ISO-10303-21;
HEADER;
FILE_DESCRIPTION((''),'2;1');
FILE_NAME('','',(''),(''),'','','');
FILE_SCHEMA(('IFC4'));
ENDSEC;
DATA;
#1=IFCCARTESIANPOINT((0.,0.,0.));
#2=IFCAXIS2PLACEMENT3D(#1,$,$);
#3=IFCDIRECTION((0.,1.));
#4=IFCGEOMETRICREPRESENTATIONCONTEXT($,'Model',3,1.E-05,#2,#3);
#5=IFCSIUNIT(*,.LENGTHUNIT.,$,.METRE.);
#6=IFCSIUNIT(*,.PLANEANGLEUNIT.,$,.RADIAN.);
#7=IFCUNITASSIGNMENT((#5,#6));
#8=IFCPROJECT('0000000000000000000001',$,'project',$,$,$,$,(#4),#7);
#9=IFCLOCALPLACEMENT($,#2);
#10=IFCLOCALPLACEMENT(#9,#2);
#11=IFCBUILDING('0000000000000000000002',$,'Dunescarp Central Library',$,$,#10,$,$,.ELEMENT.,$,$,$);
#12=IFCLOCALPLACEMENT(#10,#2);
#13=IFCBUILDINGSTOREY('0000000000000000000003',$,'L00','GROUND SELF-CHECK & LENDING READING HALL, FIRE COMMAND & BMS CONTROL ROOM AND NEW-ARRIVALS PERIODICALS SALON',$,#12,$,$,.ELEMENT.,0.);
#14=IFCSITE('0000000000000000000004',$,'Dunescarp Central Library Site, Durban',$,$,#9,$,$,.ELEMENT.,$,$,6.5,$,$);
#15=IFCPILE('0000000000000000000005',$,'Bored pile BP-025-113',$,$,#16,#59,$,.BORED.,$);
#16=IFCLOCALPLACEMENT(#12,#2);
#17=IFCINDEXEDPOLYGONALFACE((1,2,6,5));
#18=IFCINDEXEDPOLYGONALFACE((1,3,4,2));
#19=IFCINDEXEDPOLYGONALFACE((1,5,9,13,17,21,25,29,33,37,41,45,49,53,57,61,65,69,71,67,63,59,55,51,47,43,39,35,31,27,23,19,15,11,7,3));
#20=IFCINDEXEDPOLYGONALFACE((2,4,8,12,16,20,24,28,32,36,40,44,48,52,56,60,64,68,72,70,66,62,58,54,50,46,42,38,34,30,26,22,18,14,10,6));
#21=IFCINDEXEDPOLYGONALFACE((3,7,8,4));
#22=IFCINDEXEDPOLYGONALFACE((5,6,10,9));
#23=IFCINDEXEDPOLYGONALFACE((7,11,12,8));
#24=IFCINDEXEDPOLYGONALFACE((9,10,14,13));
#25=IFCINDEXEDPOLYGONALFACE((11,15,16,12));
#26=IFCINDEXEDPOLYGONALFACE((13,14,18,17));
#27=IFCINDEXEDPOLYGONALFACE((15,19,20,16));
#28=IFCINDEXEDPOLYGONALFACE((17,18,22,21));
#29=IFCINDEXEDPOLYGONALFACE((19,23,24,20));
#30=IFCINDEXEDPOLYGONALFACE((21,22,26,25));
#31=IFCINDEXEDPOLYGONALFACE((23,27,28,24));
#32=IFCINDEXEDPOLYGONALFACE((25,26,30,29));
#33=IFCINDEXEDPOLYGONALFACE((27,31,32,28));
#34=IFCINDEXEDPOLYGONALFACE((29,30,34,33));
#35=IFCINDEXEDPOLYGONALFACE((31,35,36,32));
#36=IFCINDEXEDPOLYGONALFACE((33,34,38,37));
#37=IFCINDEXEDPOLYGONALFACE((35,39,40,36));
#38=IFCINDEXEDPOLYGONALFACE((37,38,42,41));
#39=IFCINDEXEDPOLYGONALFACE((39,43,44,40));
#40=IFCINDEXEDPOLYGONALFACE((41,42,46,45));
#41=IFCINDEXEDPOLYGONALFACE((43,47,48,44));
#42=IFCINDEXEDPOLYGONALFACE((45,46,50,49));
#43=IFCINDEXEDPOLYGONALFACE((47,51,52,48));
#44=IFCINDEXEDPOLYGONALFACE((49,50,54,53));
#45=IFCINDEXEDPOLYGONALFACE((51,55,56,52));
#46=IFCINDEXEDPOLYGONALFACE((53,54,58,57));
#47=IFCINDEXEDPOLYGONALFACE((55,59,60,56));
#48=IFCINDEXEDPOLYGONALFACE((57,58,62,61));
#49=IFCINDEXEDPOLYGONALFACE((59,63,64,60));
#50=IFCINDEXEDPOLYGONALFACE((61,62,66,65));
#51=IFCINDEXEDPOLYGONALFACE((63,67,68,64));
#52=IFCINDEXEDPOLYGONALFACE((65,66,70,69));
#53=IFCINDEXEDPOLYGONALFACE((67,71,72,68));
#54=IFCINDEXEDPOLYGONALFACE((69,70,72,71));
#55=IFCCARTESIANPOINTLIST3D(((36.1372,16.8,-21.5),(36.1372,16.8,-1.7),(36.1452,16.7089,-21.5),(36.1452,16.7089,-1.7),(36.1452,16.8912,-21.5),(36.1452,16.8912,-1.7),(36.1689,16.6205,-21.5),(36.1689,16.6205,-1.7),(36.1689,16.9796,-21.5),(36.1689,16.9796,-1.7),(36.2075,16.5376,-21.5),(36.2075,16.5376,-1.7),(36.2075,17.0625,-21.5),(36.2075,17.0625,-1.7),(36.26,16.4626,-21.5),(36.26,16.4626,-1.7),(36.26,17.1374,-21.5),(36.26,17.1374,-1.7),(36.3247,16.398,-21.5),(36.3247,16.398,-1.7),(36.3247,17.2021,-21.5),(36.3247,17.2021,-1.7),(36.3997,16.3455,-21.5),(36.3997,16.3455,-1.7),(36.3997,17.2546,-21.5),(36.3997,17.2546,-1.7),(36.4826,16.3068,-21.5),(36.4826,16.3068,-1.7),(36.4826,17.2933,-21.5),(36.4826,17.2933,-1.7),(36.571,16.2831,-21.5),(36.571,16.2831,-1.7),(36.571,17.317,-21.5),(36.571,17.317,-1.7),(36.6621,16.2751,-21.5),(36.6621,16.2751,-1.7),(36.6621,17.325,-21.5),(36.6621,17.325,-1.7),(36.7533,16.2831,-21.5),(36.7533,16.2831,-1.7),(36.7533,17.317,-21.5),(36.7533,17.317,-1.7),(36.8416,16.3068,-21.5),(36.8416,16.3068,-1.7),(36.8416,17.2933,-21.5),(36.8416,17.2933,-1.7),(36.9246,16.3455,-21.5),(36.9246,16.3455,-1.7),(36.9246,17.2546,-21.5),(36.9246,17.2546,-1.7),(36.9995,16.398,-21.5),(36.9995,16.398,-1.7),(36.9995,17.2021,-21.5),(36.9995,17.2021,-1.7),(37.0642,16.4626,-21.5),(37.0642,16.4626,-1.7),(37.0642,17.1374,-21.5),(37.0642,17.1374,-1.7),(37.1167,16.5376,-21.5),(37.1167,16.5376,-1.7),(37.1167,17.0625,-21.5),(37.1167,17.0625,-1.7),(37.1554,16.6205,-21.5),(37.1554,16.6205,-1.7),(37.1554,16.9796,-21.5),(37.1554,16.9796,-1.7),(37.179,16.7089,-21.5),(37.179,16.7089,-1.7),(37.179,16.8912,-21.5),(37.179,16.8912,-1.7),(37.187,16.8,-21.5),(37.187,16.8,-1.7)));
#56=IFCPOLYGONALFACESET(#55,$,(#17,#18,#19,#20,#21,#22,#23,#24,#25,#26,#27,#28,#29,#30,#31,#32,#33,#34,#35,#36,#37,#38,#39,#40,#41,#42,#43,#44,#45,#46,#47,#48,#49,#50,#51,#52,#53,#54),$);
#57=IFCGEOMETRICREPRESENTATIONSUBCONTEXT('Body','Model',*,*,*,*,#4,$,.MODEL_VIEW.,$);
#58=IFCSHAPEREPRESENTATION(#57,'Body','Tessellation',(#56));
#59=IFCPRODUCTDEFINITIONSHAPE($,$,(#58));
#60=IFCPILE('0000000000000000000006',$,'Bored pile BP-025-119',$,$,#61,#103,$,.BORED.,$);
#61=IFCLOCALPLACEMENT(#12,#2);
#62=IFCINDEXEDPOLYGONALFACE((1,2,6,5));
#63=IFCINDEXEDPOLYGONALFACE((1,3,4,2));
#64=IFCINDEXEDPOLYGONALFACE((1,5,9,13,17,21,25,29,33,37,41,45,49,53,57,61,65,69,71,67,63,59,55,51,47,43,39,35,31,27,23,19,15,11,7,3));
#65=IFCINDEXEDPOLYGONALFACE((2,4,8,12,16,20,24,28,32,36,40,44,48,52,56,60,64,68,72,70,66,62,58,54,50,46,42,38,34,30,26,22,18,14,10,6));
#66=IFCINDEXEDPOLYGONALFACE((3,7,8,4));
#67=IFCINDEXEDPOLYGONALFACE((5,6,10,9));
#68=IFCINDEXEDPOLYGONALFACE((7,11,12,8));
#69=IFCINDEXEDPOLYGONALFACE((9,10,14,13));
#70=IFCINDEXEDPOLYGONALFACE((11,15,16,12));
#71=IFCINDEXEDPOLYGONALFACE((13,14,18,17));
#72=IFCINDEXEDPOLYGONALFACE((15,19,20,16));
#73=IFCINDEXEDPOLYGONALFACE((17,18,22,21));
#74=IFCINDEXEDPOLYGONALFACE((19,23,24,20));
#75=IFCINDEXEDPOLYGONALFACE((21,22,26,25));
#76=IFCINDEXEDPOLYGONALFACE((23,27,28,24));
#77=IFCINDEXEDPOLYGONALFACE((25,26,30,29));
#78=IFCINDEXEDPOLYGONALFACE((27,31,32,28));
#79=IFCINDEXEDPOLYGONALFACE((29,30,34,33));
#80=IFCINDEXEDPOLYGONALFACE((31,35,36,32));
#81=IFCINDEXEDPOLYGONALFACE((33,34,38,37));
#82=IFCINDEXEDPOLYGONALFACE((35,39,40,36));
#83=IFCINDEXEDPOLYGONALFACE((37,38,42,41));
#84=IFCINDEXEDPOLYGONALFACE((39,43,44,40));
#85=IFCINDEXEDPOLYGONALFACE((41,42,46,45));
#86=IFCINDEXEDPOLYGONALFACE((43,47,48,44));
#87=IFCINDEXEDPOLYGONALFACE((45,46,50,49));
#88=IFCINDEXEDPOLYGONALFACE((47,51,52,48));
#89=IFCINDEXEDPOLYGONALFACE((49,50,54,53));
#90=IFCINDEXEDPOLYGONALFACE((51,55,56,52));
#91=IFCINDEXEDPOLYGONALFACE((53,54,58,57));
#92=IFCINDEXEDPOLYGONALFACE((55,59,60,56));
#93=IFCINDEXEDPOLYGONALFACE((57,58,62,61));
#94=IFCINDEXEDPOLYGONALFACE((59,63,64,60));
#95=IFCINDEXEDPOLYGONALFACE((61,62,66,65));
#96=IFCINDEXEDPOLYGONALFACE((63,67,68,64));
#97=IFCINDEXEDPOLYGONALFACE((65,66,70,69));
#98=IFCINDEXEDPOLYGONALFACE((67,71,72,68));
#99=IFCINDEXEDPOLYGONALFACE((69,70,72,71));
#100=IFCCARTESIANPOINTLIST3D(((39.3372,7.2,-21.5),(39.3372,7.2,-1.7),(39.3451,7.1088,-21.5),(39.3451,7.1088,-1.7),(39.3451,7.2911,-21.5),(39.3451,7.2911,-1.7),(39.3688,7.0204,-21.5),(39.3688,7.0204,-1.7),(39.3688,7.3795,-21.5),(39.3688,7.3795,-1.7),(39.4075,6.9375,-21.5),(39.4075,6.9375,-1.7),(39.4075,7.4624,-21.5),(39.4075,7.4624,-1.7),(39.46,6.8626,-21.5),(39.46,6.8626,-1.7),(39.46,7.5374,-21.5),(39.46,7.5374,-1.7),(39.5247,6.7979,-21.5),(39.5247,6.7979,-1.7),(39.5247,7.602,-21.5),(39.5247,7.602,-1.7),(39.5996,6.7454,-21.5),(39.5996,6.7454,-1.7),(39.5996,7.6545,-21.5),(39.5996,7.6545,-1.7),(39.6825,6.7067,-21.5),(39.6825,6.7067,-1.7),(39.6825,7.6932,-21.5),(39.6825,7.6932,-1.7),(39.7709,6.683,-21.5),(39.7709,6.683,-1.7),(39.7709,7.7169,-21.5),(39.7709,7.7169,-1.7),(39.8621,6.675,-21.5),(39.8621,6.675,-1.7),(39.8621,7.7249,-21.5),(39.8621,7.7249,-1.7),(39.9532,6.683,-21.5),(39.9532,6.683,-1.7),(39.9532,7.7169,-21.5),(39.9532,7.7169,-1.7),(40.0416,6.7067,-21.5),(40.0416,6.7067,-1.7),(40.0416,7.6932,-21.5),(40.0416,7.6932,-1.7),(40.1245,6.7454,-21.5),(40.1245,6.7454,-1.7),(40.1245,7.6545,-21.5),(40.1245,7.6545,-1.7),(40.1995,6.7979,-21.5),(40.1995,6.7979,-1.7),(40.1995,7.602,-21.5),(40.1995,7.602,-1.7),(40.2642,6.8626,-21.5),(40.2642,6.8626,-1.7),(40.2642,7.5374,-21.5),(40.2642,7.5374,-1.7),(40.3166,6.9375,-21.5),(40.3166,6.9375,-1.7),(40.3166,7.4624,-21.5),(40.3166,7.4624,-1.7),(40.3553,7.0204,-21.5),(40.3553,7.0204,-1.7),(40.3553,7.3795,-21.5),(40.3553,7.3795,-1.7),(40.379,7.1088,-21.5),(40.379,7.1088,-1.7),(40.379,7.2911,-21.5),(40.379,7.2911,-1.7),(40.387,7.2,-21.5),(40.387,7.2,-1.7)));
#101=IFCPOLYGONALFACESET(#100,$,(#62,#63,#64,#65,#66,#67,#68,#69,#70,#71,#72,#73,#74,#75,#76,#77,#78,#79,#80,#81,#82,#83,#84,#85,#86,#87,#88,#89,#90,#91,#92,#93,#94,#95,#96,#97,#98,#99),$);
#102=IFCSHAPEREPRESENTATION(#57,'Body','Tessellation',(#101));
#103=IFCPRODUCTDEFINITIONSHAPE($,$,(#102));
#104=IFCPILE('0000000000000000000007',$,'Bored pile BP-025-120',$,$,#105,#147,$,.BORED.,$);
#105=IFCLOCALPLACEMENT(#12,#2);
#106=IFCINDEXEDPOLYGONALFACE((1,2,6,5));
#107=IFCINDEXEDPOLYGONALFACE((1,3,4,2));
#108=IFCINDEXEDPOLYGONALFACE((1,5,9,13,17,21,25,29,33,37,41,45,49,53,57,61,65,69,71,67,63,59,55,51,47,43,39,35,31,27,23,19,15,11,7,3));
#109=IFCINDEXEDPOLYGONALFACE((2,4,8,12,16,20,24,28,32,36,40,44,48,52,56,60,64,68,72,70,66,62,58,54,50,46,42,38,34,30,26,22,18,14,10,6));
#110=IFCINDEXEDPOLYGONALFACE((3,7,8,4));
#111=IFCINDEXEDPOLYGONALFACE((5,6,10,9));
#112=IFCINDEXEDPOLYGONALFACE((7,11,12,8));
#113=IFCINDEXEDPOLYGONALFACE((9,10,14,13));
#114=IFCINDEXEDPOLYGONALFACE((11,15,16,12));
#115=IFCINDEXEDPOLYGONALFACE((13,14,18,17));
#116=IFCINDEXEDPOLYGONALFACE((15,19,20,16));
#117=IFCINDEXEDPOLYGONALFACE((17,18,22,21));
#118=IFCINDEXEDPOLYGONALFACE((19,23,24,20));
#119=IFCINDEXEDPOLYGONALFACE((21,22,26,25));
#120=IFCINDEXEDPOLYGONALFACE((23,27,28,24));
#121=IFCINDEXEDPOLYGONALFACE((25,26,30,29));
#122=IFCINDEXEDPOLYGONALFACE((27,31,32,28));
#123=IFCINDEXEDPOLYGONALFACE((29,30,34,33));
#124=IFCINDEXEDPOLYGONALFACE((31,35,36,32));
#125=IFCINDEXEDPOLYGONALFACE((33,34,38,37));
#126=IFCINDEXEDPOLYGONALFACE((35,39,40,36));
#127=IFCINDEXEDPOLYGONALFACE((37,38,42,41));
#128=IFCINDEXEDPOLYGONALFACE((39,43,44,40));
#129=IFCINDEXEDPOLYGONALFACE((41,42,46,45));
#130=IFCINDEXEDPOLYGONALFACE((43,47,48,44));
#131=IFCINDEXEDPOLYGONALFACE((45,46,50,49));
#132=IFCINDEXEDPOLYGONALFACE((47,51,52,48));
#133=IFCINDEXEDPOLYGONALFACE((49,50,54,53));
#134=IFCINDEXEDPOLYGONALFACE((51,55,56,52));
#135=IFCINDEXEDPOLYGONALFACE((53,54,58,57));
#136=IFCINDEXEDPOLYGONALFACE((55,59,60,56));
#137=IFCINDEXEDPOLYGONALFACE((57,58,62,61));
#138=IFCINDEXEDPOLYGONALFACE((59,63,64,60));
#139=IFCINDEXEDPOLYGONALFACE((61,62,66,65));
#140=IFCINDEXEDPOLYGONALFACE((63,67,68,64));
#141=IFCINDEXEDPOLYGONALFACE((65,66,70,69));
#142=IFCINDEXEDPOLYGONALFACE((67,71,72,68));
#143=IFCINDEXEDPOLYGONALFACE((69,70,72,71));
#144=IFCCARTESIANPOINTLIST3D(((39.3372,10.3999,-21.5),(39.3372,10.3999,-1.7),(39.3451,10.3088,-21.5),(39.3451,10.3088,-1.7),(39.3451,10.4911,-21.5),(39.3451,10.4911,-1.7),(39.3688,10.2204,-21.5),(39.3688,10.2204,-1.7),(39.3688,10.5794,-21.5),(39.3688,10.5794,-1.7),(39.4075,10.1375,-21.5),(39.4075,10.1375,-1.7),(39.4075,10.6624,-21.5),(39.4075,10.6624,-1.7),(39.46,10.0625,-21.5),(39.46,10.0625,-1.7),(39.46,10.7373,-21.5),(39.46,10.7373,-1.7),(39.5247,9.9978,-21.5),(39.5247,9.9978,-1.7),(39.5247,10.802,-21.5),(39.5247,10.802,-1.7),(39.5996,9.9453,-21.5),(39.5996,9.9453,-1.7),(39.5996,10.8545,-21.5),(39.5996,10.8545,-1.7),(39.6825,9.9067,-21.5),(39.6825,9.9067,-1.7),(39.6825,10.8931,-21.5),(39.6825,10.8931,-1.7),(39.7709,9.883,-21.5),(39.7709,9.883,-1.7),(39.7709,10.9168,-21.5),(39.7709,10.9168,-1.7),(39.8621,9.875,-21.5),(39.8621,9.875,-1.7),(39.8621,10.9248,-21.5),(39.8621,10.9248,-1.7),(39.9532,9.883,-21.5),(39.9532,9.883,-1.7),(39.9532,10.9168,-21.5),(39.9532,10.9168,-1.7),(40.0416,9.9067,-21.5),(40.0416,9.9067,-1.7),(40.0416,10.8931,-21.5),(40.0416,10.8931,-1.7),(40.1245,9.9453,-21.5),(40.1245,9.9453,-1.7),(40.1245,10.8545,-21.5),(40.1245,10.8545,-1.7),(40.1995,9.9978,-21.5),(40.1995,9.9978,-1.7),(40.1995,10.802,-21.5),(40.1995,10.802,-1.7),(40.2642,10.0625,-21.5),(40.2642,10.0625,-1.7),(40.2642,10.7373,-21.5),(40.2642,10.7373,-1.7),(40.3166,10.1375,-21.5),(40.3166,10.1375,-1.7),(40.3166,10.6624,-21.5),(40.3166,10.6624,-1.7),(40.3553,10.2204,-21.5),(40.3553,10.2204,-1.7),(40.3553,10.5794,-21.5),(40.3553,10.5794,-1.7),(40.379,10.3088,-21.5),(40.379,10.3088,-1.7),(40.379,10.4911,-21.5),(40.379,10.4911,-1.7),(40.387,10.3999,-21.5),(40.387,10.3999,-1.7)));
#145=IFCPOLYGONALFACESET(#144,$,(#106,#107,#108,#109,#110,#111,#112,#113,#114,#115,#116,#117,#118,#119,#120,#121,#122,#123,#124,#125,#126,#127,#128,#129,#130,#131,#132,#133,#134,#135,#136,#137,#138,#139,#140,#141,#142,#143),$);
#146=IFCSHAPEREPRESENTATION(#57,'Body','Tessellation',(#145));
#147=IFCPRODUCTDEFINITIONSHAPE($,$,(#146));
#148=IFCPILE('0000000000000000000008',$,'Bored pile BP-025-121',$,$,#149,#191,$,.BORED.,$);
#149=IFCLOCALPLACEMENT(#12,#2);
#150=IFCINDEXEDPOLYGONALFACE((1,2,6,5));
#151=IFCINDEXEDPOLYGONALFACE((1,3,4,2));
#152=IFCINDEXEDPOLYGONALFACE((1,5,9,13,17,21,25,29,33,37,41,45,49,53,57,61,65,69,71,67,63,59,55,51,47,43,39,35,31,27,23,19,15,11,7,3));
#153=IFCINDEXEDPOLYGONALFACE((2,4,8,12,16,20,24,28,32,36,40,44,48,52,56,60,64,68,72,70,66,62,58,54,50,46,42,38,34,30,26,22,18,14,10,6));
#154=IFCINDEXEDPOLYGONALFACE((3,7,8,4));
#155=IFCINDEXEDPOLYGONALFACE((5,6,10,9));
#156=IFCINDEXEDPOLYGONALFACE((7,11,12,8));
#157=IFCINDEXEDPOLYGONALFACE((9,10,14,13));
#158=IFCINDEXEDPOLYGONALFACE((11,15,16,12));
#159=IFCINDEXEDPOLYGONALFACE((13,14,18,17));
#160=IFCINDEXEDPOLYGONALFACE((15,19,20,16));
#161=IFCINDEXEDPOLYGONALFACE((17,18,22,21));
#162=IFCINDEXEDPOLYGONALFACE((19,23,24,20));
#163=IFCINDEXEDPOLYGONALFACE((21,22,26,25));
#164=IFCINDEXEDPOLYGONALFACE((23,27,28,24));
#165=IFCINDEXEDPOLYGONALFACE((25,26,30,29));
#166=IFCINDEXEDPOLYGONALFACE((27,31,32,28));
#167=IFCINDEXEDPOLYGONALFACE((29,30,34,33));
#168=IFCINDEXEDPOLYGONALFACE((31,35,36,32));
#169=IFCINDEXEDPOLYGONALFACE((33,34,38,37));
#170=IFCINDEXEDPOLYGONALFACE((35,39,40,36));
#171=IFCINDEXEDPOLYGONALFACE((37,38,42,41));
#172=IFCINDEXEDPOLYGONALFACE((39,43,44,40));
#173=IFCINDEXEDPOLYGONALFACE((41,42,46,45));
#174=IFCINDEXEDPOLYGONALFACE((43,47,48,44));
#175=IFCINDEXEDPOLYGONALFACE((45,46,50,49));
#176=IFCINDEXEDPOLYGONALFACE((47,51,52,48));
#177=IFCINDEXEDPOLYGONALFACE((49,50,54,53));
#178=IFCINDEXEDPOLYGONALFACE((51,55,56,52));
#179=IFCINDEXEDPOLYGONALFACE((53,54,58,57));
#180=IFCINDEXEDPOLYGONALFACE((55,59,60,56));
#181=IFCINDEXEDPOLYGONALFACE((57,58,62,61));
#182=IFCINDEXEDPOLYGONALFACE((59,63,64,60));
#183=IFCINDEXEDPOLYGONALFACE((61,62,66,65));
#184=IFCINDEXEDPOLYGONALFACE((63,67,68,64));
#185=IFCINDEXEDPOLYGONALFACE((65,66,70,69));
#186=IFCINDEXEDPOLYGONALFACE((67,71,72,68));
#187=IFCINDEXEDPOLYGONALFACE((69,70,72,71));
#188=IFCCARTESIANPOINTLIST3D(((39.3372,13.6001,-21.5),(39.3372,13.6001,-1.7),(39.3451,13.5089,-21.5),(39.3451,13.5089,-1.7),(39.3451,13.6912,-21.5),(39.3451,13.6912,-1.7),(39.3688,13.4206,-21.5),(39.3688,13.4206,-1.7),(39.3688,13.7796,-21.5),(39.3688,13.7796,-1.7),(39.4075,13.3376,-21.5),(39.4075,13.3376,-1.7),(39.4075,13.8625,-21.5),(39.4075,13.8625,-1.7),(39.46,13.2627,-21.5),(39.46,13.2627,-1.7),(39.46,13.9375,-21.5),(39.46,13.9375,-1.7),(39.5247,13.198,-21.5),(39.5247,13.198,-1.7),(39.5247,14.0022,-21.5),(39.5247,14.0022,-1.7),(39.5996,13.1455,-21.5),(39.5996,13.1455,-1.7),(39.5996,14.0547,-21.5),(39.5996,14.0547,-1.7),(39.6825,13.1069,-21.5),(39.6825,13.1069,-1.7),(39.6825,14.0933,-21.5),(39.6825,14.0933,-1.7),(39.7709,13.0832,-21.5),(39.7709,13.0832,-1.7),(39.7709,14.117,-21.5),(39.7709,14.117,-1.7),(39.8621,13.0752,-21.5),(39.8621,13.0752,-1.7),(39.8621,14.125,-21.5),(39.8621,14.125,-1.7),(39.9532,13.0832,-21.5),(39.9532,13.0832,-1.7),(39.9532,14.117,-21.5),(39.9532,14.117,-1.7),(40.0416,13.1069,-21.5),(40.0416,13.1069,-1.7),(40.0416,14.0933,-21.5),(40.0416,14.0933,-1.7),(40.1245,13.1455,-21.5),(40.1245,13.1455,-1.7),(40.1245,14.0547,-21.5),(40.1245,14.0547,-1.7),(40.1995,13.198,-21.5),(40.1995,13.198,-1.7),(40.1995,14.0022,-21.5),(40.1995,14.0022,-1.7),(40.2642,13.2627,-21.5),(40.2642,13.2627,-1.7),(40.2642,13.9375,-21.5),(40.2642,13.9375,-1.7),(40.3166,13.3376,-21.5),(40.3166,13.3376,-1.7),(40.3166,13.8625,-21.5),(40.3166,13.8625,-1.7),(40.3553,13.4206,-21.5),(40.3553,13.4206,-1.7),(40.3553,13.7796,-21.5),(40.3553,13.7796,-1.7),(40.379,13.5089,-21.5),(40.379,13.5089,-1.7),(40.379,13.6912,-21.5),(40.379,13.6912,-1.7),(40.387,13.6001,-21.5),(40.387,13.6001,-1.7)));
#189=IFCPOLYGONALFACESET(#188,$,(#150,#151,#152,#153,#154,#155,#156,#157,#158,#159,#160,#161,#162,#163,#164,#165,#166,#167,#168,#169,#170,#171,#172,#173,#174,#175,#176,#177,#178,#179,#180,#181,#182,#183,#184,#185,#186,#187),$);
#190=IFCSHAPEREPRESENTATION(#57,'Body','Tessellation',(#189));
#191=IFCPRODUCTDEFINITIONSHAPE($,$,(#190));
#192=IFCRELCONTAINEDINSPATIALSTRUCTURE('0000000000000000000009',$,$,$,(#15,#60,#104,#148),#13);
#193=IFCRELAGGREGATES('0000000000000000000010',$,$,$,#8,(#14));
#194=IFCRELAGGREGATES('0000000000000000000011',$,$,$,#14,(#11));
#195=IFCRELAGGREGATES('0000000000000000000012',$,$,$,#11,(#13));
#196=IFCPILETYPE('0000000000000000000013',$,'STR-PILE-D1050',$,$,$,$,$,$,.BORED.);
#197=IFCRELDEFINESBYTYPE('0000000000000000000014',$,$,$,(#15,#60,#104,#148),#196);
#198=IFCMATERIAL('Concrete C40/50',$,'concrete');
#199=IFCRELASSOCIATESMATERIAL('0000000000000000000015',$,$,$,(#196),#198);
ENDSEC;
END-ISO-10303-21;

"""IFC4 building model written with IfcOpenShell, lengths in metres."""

from ifc_helpers import new_model, si_unit, direction, frame, origin, origin_2d, place, context, subcontext, project, spatial, circle, extrude, material, material_profile, profile_set, type_object, element, save


model = new_model("IFC4")

# Units and contexts
model_context = context("Model", 3, precision=1e-05, world=origin(), true_north=direction((0.0, 1.0)))
body_context = subcontext(model_context, "Body", "Model", "MODEL_VIEW")
ifc_project = project(units=[si_unit("LENGTHUNIT", "METRE"), si_unit("PLANEANGLEUNIT", "RADIAN")], contexts=[model_context])

# Site, building, storey
site_placement = place(None, origin())
site = spatial("IfcSite", under=ifc_project, at=site_placement, Name="Dunescarp Central Library Site, Durban", CompositionType="ELEMENT", RefElevation=6.5)
building_placement = place(site_placement, origin())
building = spatial("IfcBuilding", under=site, at=building_placement, Name="Dunescarp Central Library", CompositionType="ELEMENT")
storey_placement = place(building_placement, origin())
storey = spatial("IfcBuildingStorey", under=building, at=storey_placement, Name="L00", Description="GROUND SELF-CHECK & LENDING READING HALL, FIRE COMMAND & BMS CONTROL ROOM AND NEW-ARRIVALS PERIODICALS SALON", CompositionType="ELEMENT", Elevation=0.0)

# Piles
ifc_material_1 = material(Name="Concrete C40/50", Category="concrete")
ifc_material_profile_1 = material_profile(ifc_material_1, circle(Radius=0.5249, at=origin_2d()), Name="PILE D1050")
ifc_profile_set_1 = profile_set([ifc_material_profile_1], Name="Concrete C40/50")
pile_type = type_object("IfcPileType", Name="STR-PILE-D1050", PredefinedType="BORED", material=ifc_profile_set_1)
for number, where, z_axis, x_axis, name in (
    (1, (36.6621, 16.8, -1.7), (0.0, 0.0, -1.0), (1.0, 0.0, 0.0), "Bored pile BP-025-113"),
    (2, (39.8621, 7.2, -1.7), (0.0, 0.0, -1.0), (1.0, 0.0, 0.0), "Bored pile BP-025-119"),
    (3, (39.8621, 10.3999, -1.7), (0.0, 0.0, -1.0), (1.0, 0.0, 0.0), "Bored pile BP-025-120"),
    (4, (39.8621, 13.6001, -1.7), (0.0, 0.0, -1.0), (1.0, 0.0, 0.0), "Bored pile BP-025-121"),
):
    element("IfcPile", number, at=place(storey_placement, frame(where, z_axis=z_axis, x_axis=x_axis)), inside=storey, type_object=pile_type, Name=name, PredefinedType="BORED", context=body_context, shape_type="SweptSolid", body=[
        extrude(circle(Radius=0.5249, at=origin_2d()), origin(), (0.0, 0.0, 1.0), 19.8),
    ])

save(model, "model.ifc")
